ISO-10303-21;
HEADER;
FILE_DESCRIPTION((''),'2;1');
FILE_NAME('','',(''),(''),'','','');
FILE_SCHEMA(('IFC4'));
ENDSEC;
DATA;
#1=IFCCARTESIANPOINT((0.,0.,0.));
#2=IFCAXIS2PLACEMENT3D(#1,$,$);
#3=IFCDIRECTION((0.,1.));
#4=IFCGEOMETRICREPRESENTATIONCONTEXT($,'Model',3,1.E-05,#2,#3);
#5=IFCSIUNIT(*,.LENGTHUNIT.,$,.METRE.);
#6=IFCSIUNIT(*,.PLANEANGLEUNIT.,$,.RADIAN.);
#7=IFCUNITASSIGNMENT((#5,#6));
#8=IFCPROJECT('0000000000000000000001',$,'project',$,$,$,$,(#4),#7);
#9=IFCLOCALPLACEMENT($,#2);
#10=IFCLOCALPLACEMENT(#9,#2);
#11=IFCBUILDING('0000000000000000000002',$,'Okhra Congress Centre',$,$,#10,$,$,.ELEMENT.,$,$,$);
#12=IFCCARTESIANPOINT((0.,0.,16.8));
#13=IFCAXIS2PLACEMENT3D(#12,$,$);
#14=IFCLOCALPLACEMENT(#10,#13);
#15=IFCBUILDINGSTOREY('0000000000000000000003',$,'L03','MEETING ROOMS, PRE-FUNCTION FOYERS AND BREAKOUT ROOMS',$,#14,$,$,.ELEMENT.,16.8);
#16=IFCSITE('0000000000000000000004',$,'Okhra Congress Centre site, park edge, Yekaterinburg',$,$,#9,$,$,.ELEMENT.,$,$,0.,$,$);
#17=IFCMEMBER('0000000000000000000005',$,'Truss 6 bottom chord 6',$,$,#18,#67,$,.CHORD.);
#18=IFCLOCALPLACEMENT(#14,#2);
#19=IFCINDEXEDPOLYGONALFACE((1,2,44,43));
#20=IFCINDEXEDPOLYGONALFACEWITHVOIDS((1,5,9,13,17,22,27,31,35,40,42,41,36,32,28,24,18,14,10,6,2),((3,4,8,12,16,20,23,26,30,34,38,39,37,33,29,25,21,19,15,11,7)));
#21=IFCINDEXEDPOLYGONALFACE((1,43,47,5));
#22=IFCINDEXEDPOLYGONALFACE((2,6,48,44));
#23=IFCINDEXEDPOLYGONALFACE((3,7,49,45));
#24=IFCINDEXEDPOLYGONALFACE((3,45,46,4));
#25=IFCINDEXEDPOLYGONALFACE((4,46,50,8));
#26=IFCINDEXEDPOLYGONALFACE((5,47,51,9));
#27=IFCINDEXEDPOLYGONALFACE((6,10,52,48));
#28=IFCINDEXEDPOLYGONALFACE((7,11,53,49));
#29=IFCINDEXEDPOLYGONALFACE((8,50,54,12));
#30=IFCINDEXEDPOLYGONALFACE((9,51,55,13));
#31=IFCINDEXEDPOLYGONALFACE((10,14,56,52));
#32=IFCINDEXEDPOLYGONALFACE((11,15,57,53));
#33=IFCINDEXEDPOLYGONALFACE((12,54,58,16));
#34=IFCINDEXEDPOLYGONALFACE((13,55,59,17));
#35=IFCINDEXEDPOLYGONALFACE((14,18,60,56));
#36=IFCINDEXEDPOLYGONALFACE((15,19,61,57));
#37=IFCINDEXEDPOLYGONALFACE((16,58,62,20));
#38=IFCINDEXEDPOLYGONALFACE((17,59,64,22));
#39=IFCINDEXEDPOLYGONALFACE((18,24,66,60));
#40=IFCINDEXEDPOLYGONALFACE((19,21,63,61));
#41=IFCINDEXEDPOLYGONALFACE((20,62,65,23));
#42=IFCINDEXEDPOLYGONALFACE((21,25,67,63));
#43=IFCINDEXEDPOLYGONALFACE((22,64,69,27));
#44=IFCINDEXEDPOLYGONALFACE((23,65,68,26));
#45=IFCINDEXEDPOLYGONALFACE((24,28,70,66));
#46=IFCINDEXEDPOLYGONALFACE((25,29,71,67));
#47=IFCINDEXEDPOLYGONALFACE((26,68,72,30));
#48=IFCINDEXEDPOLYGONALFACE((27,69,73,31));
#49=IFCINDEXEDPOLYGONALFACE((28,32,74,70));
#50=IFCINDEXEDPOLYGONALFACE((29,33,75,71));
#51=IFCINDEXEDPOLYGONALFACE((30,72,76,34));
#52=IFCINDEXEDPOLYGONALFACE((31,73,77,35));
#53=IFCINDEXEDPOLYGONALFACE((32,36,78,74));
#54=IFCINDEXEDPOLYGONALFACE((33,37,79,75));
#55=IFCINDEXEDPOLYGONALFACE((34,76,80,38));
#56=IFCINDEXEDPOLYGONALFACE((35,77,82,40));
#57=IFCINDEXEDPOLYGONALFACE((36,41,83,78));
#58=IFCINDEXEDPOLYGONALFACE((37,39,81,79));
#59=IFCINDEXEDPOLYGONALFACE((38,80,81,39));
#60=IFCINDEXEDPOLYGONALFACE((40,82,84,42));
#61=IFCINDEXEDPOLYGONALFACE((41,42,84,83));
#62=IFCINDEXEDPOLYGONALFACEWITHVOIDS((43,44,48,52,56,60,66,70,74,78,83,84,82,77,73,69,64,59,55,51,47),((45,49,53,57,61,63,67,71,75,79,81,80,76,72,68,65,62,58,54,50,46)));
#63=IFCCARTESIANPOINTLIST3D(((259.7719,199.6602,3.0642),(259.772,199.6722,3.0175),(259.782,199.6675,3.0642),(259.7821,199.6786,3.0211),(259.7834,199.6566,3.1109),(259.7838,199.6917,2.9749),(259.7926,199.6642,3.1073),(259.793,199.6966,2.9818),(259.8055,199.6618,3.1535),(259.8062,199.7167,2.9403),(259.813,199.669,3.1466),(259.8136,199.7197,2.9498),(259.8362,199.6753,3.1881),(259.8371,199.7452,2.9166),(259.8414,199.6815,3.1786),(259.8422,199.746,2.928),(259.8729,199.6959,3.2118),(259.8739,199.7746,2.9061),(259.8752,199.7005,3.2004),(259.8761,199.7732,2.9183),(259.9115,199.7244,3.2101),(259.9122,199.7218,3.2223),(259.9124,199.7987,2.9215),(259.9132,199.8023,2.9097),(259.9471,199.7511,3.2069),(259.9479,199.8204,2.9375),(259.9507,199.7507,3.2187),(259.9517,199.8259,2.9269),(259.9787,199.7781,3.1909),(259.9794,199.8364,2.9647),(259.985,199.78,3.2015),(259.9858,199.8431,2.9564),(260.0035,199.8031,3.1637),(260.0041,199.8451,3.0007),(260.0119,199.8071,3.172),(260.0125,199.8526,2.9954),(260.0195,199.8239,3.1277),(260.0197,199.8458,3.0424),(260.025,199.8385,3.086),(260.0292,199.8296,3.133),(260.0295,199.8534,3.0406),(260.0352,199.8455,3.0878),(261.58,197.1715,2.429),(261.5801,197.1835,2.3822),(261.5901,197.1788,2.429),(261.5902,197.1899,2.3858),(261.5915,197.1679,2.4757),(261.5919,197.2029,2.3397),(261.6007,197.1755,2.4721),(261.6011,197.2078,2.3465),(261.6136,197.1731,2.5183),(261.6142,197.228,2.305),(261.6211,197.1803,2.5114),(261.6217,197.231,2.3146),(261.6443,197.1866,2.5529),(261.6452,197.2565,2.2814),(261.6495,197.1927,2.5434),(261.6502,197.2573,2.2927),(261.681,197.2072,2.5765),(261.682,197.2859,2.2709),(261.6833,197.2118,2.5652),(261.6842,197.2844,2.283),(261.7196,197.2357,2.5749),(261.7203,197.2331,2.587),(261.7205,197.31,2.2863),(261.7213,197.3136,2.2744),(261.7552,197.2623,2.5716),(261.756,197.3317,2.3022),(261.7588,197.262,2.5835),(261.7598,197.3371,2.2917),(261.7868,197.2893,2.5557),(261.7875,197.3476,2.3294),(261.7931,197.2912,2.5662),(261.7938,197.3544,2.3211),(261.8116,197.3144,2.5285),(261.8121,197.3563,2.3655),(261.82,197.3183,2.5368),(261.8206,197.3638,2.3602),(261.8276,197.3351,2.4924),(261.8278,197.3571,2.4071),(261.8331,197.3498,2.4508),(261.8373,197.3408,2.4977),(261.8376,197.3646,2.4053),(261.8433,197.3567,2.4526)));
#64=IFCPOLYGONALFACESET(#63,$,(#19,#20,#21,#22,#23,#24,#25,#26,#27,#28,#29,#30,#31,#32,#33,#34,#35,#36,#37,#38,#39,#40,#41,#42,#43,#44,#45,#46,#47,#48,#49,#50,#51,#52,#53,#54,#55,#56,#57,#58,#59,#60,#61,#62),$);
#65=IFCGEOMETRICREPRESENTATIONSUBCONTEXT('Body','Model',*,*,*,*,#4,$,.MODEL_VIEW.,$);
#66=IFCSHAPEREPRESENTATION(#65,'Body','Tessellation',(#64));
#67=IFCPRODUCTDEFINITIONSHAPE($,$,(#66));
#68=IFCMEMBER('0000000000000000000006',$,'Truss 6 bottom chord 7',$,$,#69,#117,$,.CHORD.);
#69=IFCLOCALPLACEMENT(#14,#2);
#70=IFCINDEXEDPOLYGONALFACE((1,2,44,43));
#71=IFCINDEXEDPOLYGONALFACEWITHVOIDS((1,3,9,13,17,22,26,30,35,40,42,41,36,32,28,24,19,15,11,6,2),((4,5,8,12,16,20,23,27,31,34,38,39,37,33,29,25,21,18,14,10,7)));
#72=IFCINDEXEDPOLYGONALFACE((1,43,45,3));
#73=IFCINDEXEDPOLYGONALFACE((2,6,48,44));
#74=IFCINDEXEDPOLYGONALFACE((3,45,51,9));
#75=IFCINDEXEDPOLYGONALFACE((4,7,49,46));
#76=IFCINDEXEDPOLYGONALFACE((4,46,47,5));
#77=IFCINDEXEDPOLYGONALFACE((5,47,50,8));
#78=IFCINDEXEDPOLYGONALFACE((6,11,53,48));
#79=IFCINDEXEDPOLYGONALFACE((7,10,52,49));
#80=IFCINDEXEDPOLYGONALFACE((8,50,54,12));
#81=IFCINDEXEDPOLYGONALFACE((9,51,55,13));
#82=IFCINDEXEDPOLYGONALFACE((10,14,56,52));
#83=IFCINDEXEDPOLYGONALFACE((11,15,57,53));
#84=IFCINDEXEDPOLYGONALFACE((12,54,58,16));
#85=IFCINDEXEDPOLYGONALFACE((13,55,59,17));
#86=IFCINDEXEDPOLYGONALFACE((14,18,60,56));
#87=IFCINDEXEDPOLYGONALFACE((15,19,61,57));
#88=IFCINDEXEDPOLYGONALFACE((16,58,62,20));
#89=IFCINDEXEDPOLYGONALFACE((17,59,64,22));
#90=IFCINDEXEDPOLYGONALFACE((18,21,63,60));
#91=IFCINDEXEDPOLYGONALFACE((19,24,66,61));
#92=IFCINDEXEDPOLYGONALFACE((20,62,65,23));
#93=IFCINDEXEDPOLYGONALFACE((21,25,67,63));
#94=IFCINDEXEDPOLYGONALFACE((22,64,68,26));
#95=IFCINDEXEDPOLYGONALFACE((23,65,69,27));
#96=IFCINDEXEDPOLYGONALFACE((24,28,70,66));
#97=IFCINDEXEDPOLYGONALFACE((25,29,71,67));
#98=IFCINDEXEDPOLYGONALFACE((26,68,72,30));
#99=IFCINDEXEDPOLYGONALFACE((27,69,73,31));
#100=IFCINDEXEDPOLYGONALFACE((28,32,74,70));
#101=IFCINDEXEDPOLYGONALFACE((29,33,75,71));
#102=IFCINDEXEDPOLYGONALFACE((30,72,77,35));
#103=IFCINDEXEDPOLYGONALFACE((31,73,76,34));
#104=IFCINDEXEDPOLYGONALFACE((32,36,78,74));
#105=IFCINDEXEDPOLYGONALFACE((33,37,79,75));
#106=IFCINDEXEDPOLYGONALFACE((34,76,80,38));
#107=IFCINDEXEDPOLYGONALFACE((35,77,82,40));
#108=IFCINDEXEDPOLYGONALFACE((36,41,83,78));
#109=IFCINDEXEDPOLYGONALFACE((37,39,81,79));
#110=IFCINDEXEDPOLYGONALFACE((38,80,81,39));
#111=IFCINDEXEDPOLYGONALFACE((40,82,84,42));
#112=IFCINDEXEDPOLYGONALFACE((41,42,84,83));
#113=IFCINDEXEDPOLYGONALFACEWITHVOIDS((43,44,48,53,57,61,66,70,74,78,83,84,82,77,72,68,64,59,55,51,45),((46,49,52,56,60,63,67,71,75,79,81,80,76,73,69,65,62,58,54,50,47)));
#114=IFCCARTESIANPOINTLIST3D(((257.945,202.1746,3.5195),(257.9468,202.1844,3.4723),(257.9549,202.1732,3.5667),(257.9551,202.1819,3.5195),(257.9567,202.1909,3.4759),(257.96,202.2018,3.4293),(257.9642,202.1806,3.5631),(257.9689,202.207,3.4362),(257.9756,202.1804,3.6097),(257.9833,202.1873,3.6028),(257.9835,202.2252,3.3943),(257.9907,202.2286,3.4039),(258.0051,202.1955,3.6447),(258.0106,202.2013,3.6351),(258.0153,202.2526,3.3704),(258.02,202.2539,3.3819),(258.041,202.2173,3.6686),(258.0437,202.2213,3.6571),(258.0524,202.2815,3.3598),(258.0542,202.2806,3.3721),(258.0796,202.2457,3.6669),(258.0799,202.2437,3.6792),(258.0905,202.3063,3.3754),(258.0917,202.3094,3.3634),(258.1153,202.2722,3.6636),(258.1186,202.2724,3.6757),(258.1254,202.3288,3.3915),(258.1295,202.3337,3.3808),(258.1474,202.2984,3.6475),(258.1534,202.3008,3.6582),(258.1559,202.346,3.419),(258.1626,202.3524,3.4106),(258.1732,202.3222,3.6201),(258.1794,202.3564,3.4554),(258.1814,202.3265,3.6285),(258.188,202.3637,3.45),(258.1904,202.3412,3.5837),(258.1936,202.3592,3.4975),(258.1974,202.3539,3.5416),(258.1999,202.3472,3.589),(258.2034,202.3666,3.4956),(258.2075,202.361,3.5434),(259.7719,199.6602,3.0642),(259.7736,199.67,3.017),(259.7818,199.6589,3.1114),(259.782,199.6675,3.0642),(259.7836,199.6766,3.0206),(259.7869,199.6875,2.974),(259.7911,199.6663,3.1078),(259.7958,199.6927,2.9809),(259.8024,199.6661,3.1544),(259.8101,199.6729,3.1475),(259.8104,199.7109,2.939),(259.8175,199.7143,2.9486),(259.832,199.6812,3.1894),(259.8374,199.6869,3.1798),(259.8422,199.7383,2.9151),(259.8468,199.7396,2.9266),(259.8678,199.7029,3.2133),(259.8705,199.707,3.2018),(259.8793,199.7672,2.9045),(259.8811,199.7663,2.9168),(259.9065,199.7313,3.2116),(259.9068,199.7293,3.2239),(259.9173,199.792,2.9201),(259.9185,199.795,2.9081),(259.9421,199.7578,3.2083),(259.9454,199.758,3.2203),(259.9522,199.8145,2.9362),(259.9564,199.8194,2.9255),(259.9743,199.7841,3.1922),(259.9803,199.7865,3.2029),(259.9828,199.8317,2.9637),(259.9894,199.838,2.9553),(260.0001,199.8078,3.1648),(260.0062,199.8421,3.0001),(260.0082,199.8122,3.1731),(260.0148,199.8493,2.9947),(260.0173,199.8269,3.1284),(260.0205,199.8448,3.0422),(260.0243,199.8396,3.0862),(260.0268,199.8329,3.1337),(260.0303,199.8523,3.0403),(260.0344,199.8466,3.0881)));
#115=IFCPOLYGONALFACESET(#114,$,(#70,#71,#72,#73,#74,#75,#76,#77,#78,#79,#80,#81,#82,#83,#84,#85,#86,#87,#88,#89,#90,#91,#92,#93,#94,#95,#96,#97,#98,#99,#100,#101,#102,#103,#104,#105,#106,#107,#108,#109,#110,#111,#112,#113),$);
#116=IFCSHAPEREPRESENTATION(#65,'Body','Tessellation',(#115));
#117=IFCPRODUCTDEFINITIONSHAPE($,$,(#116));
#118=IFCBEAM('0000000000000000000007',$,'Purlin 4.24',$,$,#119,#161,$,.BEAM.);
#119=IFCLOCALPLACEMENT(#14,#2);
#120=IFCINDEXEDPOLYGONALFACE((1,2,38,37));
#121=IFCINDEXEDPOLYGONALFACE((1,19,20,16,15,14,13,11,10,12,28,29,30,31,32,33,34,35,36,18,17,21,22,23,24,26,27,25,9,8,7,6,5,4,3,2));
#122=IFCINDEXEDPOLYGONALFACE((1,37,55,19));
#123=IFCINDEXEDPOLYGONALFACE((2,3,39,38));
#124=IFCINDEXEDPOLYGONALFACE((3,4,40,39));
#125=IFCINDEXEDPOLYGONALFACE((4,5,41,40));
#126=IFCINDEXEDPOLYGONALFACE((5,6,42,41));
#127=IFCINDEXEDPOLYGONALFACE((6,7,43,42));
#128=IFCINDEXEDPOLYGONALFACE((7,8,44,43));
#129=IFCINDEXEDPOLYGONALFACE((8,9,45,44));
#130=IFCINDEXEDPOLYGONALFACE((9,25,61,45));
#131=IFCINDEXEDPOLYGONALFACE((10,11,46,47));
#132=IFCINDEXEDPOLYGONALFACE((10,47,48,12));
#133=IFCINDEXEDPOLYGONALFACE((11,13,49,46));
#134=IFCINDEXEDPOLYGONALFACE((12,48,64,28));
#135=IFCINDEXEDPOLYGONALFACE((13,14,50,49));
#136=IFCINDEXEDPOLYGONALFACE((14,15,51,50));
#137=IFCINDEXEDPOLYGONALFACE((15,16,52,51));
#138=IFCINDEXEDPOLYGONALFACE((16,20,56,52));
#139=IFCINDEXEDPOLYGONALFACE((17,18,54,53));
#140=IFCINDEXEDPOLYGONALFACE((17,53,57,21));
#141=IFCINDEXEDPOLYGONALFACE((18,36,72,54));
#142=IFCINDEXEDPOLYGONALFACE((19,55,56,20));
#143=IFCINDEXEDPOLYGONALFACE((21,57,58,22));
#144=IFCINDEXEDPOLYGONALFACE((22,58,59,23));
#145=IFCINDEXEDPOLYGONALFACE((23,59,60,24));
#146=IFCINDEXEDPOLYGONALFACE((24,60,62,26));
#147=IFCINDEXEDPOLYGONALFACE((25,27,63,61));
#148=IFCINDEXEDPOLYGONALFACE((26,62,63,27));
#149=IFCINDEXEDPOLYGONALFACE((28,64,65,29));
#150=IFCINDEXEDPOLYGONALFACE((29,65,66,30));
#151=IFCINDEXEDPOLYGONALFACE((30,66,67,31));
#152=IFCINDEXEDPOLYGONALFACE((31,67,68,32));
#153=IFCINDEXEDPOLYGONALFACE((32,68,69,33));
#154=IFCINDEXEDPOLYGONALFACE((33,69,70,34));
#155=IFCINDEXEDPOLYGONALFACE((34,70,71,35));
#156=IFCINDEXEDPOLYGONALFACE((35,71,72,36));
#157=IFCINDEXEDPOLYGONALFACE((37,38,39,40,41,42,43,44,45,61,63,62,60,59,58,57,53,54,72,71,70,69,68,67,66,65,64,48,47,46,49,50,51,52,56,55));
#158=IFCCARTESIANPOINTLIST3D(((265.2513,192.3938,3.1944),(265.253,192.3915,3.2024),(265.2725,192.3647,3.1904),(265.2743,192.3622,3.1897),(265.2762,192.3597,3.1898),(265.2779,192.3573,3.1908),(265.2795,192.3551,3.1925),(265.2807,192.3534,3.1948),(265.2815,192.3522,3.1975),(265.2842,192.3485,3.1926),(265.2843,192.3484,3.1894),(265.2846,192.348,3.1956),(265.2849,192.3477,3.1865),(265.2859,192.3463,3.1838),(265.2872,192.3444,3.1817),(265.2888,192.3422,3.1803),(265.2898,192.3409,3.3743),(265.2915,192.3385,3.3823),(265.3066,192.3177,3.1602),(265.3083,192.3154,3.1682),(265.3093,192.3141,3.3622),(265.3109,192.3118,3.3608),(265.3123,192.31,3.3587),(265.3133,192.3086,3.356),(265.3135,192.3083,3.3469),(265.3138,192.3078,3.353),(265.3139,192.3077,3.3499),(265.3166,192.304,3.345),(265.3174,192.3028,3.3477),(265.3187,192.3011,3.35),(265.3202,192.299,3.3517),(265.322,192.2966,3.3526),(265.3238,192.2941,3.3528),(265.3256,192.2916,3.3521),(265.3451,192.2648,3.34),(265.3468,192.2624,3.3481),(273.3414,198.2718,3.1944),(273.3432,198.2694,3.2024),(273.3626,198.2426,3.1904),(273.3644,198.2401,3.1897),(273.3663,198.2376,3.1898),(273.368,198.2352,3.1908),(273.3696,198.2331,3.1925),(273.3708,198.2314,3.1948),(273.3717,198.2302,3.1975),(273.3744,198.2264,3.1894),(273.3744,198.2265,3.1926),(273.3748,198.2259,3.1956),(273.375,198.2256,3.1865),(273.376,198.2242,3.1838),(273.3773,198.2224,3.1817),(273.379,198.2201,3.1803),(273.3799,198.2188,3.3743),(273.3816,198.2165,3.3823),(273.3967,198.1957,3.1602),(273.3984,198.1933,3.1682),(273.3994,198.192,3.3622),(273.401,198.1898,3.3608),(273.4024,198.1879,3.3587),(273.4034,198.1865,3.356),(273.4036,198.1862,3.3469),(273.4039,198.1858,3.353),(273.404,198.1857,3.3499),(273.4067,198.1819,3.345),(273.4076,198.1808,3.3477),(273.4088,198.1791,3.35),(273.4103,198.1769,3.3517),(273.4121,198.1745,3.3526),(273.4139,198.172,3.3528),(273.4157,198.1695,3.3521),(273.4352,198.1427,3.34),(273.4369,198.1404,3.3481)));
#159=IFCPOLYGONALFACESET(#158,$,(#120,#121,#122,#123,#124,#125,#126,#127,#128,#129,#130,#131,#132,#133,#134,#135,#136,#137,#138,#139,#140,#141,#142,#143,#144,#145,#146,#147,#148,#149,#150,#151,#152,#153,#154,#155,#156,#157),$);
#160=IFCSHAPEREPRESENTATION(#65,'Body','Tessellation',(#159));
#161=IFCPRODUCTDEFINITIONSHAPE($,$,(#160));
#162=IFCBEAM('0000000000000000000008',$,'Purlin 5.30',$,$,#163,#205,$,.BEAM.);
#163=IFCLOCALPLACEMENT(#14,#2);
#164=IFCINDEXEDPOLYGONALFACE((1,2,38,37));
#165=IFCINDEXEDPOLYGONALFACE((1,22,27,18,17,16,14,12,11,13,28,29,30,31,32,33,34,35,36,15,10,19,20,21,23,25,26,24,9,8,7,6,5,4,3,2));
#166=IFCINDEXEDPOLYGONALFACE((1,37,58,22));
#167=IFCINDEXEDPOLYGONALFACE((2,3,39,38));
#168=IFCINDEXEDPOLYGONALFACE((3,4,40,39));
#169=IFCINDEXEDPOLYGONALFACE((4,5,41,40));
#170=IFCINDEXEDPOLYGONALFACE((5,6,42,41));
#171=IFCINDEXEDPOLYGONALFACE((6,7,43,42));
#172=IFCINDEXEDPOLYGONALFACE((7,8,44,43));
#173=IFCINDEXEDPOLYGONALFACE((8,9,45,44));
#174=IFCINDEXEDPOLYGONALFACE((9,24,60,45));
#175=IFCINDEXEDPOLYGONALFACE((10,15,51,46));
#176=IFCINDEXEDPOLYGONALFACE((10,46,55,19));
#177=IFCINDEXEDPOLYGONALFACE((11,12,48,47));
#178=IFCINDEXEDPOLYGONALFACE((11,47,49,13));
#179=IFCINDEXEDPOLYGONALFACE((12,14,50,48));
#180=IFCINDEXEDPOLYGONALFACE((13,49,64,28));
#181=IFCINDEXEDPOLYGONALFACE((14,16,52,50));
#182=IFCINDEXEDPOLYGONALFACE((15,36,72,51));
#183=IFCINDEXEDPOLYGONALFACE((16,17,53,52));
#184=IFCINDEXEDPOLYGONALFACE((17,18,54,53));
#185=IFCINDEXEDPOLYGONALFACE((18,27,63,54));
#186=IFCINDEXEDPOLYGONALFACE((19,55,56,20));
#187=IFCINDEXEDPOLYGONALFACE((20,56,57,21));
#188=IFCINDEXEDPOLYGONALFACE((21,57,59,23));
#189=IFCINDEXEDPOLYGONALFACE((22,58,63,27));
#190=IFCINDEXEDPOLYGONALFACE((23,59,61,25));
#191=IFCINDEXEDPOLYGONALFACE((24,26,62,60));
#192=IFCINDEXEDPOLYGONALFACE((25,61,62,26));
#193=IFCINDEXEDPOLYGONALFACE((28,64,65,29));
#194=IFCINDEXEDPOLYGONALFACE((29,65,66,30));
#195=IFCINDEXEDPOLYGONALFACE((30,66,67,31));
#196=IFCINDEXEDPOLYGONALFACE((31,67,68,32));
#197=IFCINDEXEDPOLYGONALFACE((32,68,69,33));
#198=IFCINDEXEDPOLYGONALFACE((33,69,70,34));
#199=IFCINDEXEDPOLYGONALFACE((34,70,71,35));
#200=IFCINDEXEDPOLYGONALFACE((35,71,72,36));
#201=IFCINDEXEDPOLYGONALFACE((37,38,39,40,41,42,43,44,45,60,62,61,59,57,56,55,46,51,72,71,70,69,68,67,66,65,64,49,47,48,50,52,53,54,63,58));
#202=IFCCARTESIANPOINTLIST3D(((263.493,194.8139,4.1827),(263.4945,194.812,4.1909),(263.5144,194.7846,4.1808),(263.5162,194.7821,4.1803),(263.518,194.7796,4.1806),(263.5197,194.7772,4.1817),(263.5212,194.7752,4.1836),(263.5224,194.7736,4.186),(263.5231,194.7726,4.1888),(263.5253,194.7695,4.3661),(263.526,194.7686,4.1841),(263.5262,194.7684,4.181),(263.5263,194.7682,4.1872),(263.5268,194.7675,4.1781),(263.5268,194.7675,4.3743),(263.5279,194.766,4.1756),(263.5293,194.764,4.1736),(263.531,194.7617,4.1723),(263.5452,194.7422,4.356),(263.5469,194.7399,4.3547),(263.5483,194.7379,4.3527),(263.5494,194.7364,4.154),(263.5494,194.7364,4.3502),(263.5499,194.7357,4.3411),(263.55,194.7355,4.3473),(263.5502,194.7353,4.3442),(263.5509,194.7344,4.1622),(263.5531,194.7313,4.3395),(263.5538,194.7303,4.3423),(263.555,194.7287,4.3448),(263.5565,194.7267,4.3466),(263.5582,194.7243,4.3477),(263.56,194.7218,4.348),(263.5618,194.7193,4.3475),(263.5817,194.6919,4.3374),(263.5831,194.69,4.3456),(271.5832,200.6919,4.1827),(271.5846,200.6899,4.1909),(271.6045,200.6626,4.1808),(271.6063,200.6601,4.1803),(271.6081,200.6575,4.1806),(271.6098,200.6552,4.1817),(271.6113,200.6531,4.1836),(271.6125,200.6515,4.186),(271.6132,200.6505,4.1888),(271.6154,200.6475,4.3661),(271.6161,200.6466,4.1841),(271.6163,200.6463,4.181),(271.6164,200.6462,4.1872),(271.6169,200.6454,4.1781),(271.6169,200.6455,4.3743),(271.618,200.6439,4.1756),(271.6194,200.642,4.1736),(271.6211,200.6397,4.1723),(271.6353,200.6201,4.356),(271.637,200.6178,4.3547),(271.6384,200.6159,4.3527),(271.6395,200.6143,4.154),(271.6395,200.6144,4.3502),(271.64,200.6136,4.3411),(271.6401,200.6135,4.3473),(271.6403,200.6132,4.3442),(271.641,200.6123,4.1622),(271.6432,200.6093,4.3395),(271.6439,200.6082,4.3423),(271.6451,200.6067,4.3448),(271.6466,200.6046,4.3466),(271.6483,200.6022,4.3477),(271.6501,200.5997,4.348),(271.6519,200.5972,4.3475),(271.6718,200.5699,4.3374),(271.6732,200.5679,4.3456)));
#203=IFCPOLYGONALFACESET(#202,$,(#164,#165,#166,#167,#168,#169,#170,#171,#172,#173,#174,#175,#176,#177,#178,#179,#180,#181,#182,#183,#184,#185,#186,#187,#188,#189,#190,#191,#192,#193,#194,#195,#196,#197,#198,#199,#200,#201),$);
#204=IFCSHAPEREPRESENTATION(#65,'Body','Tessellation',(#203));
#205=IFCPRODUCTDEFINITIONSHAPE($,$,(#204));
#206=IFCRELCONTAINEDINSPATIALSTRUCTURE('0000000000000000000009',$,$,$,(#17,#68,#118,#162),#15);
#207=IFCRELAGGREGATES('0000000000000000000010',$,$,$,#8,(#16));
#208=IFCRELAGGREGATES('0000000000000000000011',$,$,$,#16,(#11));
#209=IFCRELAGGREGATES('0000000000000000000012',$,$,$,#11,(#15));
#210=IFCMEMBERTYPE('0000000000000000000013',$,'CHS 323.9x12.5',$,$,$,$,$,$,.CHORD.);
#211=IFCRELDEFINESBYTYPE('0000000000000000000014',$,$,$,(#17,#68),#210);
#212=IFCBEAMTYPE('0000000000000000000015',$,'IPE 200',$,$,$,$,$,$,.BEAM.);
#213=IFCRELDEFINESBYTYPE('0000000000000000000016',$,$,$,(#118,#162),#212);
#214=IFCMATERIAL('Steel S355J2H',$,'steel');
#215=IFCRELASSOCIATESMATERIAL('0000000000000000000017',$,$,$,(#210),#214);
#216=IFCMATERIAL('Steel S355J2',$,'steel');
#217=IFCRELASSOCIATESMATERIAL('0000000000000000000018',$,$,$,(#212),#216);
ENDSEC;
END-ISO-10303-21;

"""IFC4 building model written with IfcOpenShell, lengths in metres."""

from ifc_helpers import new_model, si_unit, direction, frame, origin, origin_2d, place, context, subcontext, project, spatial, hollow_circle, i_section, extrude, material, material_profile, profile_set, type_object, element, save


model = new_model("IFC4")

# Units and contexts
model_context = context("Model", 3, precision=1e-05, world=origin(), true_north=direction((0.0, 1.0)))
body_context = subcontext(model_context, "Body", "Model", "MODEL_VIEW")
ifc_project = project(units=[si_unit("LENGTHUNIT", "METRE"), si_unit("PLANEANGLEUNIT", "RADIAN")], contexts=[model_context])

# Site, building, storey
site_placement = place(None, origin())
site = spatial("IfcSite", under=ifc_project, at=site_placement, Name="Okhra Congress Centre site, park edge, Yekaterinburg", CompositionType="ELEMENT", RefElevation=0.0)
building_placement = place(site_placement, origin())
building = spatial("IfcBuilding", under=site, at=building_placement, Name="Okhra Congress Centre", CompositionType="ELEMENT")
storey_placement = place(building_placement, frame((0.0, 0.0, 16.8)))
storey = spatial("IfcBuildingStorey", under=building, at=storey_placement, Name="L03", Description="MEETING ROOMS, PRE-FUNCTION FOYERS AND BREAKOUT ROOMS", CompositionType="ELEMENT", Elevation=16.8)

# Members
ifc_material_1 = material(Name="Steel S355J2H", Category="steel")
ifc_material_profile_1 = material_profile(ifc_material_1, hollow_circle(Radius=0.1619, WallThickness=0.0125, at=origin_2d()), Name="CHS 323.9x12.5")
ifc_profile_set_1 = profile_set([ifc_material_profile_1], Name="Steel S355J2H")
member_type_1 = type_object("IfcMemberType", Name="CHS 323.9x12.5", PredefinedType="CHORD", material=ifc_profile_set_1)
for number, where, z_axis, x_axis, name in (
    (1, (261.7109, 197.2666, 2.429), (-0.575621, 0.792314, 0.202237), (-0.809031, -0.587766, 0.0), "Truss 6 bottom chord 6"),
    (2, (259.9028, 199.7554, 3.0642), (-0.581595, 0.80046, 0.144952), (-0.809004, -0.587803, 0.0), "Truss 6 bottom chord 7"),
):
    element("IfcMember", number, at=place(storey_placement, frame(where, z_axis=z_axis, x_axis=x_axis)), inside=storey, type_object=member_type_1, Name=name, PredefinedType="CHORD", context=body_context, shape_type="SweptSolid", body=[
        extrude(hollow_circle(Radius=0.1619, WallThickness=0.0125, at=origin_2d()), origin(), (0.0, 0.0, 1.0), 3.1411),
    ])

# Beams
ifc_material_2 = material(Name="Steel S355J2", Category="steel")
ifc_material_profile_2 = material_profile(ifc_material_2, i_section(OverallWidth=0.1001, OverallDepth=0.2, WebThickness=0.0056, FlangeThickness=0.0085, FilletRadius=0.012, at=origin_2d()), Name="IPE 200")
ifc_profile_set_2 = profile_set([ifc_material_profile_2], Name="Steel S355J2")
beam_type = type_object("IfcBeamType", Name="IPE 200", PredefinedType="BEAM", material=ifc_profile_set_2)
for number, where, z_axis, x_axis, name in (
    (3, (265.2991, 192.3281, 3.2712), (0.80901, 0.587794, 0.0), (-0.552346, 0.760221, 0.34202), "Purlin 4.24"),
    (4, (263.5381, 194.752, 4.2642), (0.80901, 0.587794, 0.0), (-0.563101, 0.775024, 0.286803), "Purlin 5.30"),
):
    element("IfcBeam", number, at=place(storey_placement, frame(where, z_axis=z_axis, x_axis=x_axis)), inside=storey, type_object=beam_type, Name=name, PredefinedType="BEAM", context=body_context, shape_type="SweptSolid", body=[
        extrude(i_section(OverallWidth=0.1001, OverallDepth=0.2, WebThickness=0.0056, FlangeThickness=0.0085, FilletRadius=0.012, at=origin_2d()), origin(), (0.0, 0.0, 1.0), 10.0),
    ])

save(model, "model.ifc")
